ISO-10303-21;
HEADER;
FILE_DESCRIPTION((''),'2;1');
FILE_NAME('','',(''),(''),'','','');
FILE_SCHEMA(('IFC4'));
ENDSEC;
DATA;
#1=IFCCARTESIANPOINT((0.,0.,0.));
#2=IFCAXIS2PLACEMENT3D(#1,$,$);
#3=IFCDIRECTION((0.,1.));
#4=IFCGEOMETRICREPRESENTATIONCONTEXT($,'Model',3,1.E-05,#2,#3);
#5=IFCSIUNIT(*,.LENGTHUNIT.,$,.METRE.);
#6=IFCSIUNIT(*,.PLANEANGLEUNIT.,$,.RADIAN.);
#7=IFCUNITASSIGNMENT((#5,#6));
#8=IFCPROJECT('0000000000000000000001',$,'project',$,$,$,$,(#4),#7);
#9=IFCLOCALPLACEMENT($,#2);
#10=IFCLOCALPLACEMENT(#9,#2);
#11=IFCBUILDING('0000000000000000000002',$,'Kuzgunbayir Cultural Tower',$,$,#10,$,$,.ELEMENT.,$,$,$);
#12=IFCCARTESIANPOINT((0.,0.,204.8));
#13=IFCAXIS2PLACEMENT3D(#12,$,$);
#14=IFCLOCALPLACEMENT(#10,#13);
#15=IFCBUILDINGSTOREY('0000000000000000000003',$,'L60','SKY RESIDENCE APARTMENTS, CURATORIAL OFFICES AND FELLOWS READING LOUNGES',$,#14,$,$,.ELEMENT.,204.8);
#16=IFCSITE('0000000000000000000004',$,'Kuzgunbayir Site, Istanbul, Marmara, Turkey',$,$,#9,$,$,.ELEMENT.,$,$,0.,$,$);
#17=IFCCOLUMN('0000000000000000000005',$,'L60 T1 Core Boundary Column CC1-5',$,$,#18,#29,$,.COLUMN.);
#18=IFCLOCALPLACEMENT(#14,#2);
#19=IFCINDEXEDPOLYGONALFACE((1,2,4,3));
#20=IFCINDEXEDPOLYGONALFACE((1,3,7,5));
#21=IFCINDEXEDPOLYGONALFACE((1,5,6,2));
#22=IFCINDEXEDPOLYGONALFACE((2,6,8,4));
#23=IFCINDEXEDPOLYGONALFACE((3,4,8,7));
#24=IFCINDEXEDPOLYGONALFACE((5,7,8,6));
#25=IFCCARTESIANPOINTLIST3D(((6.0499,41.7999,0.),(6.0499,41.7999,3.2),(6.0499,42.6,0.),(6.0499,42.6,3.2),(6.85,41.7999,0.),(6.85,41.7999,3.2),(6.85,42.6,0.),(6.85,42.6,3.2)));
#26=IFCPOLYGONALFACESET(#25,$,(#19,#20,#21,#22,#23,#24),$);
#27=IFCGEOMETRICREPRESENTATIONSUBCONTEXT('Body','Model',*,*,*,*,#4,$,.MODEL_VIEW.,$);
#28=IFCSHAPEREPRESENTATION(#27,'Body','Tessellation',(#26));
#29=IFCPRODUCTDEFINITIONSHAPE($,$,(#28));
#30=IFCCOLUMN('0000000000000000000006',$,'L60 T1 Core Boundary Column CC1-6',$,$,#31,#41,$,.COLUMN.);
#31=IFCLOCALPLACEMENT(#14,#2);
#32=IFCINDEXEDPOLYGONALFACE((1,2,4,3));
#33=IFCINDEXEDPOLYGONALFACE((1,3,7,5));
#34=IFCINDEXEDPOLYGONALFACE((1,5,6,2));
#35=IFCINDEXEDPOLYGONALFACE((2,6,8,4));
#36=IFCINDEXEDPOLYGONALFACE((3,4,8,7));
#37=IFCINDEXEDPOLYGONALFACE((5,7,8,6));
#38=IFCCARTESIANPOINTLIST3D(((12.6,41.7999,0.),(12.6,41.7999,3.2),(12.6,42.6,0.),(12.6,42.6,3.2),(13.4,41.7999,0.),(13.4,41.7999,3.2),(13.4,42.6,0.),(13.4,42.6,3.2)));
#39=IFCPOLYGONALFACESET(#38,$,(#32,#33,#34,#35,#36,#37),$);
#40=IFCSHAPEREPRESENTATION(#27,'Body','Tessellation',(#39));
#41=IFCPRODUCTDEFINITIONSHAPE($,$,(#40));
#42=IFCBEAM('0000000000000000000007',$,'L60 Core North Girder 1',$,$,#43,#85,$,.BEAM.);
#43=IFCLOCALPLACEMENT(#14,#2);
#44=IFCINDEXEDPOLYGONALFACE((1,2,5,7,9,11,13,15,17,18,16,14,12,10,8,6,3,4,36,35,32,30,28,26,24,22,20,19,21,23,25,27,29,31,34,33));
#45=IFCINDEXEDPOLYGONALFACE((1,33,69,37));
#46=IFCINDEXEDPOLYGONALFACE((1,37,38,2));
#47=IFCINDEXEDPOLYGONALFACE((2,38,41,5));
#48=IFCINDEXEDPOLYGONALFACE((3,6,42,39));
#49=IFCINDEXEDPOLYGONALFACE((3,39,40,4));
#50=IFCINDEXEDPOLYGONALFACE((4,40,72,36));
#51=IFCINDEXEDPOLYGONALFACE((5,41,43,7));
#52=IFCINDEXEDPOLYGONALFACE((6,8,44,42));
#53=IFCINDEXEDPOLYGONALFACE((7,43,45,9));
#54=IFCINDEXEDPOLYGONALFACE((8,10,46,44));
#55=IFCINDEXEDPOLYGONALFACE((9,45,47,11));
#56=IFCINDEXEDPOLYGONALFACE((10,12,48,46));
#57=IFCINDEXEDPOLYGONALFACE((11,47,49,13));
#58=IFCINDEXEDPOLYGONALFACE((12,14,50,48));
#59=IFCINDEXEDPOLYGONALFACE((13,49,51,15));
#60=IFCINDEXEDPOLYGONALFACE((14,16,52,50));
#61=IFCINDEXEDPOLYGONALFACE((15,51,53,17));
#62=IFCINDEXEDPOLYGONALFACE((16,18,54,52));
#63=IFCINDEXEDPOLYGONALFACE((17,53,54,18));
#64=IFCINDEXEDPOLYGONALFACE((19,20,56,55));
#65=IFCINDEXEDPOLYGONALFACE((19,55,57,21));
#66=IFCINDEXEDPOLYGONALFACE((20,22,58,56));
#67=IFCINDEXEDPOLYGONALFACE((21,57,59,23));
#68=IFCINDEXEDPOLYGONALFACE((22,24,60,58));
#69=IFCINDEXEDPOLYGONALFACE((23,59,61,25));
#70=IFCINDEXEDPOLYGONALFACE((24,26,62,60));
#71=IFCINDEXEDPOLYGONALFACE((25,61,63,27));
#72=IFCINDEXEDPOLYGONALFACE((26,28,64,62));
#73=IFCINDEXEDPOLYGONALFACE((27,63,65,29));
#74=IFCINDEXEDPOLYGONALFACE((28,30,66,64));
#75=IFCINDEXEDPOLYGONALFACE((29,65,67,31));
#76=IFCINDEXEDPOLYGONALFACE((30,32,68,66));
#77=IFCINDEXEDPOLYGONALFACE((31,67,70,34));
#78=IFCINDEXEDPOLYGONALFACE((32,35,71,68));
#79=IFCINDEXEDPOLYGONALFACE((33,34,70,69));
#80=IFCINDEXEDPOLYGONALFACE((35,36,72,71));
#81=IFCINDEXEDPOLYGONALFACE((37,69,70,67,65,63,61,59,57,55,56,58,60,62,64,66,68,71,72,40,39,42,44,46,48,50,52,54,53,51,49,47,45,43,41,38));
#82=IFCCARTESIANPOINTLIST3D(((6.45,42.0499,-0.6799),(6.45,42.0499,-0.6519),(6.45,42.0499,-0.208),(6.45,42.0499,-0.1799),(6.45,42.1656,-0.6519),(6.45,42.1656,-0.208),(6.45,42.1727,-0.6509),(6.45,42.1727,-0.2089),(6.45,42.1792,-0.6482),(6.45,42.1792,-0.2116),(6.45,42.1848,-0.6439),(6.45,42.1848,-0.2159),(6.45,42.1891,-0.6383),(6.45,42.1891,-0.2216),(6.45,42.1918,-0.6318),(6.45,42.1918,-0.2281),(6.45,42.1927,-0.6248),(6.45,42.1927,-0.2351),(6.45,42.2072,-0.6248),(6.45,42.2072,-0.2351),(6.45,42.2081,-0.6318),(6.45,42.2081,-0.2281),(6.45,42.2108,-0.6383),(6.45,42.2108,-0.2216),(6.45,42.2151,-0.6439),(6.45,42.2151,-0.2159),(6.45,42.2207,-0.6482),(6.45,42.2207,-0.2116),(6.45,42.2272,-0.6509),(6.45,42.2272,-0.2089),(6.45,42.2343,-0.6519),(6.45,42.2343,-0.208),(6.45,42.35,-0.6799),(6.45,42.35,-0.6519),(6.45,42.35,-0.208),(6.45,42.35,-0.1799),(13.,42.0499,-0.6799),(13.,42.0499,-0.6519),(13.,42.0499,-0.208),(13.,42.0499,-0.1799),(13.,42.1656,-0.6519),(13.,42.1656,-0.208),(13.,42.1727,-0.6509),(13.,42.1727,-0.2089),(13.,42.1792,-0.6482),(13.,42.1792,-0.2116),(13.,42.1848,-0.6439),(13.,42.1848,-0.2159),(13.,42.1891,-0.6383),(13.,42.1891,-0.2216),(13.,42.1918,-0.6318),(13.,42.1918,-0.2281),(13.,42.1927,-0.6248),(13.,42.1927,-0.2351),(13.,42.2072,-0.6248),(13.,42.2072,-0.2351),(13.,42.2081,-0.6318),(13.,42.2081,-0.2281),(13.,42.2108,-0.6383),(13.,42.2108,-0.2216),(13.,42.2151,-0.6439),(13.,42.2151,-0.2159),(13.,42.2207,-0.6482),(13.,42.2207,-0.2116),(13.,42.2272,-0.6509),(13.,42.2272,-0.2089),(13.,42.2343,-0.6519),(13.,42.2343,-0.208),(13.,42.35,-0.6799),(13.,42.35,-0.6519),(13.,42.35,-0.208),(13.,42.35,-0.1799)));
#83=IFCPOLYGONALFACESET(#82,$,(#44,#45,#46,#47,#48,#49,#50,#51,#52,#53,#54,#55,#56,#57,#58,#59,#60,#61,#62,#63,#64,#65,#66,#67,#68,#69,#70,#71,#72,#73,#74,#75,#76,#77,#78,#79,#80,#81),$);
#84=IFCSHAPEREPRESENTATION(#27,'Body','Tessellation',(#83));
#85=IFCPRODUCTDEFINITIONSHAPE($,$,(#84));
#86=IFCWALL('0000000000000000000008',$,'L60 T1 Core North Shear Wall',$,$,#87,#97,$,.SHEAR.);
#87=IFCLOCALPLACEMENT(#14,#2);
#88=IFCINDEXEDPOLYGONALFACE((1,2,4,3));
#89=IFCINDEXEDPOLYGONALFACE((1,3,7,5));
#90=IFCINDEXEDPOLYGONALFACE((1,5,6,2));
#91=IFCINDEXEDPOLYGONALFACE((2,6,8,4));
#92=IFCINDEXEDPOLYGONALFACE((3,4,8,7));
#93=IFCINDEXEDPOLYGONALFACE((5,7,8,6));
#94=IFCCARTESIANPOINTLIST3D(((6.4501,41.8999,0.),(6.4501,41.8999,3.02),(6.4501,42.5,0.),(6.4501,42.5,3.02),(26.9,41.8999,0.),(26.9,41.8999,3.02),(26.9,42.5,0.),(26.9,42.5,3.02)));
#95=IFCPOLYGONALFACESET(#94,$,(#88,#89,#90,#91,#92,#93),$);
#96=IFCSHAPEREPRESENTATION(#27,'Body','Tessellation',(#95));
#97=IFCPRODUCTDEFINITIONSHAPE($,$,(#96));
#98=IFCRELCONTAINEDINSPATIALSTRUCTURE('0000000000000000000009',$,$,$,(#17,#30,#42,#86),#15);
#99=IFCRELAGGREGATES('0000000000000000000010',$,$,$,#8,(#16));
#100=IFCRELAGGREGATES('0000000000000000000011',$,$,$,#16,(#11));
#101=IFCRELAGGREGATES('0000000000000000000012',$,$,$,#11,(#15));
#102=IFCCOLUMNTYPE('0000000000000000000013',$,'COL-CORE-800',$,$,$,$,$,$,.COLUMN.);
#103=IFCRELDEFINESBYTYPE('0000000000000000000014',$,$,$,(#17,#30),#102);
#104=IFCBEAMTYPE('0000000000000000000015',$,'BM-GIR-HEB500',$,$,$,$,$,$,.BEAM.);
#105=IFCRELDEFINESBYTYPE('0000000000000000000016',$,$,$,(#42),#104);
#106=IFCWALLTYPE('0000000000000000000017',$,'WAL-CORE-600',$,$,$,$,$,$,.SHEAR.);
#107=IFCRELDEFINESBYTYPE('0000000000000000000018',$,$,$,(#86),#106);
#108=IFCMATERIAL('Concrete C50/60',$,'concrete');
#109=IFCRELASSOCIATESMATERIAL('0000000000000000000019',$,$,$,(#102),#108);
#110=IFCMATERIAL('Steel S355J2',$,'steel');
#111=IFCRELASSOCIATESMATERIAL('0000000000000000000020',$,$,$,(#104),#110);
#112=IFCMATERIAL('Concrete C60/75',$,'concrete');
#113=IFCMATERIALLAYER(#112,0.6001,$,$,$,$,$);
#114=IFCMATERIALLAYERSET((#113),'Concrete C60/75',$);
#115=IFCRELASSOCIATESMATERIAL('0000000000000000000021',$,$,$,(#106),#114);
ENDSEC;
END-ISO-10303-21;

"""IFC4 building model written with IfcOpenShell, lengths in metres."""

from ifc_helpers import new_model, si_unit, direction, frame, frame_2d, origin, origin_2d, place, context, subcontext, project, spatial, rectangle, i_section, extrude, material, layer, layer_set, material_profile, profile_set, type_object, element, save


model = new_model("IFC4")

# Units and contexts
model_context = context("Model", 3, precision=1e-05, world=origin(), true_north=direction((0.0, 1.0)))
body_context = subcontext(model_context, "Body", "Model", "MODEL_VIEW")
ifc_project = project(units=[si_unit("LENGTHUNIT", "METRE"), si_unit("PLANEANGLEUNIT", "RADIAN")], contexts=[model_context])

# Site, building, storey
site_placement = place(None, origin())
site = spatial("IfcSite", under=ifc_project, at=site_placement, Name="Kuzgunbayir Site, Istanbul, Marmara, Turkey", CompositionType="ELEMENT", RefElevation=0.0)
building_placement = place(site_placement, origin())
building = spatial("IfcBuilding", under=site, at=building_placement, Name="Kuzgunbayir Cultural Tower", CompositionType="ELEMENT")
storey_placement = place(building_placement, frame((0.0, 0.0, 204.8)))
storey = spatial("IfcBuildingStorey", under=building, at=storey_placement, Name="L60", Description="SKY RESIDENCE APARTMENTS, CURATORIAL OFFICES AND FELLOWS READING LOUNGES", CompositionType="ELEMENT", Elevation=204.8)

# Columns
ifc_material_1 = material(Name="Concrete C50/60", Category="concrete")
ifc_material_profile_1 = material_profile(ifc_material_1, rectangle(XDim=0.8, YDim=0.8, at=origin_2d()), Name="RC 800x800")
ifc_profile_set_1 = profile_set([ifc_material_profile_1], Name="Concrete C50/60")
column_type = type_object("IfcColumnType", Name="COL-CORE-800", PredefinedType="COLUMN", material=ifc_profile_set_1)
for number, where, z_axis, x_axis, name in (
    (1, (6.45, 42.2, 0.0), (0.0, 0.0, 1.0), (1.0, 0.0, 0.0), "L60 T1 Core Boundary Column CC1-5"),
    (2, (13.0, 42.2, 0.0), (0.0, 0.0, 1.0), (1.0, 0.0, 0.0), "L60 T1 Core Boundary Column CC1-6"),
):
    element("IfcColumn", number, at=place(storey_placement, frame(where, z_axis=z_axis, x_axis=x_axis)), inside=storey, type_object=column_type, Name=name, PredefinedType="COLUMN", context=body_context, shape_type="SweptSolid", body=[
        extrude(rectangle(XDim=0.8, YDim=0.8, at=origin_2d()), origin(), (0.0, 0.0, 1.0), 3.2),
    ])

# Beam
ifc_material_2 = material(Name="Steel S355J2", Category="steel")
ifc_material_profile_2 = material_profile(ifc_material_2, i_section(OverallWidth=0.3, OverallDepth=0.5, WebThickness=0.0144, FlangeThickness=0.0281, FilletRadius=0.0271, at=origin_2d()), Name="HEB 500")
ifc_profile_set_2 = profile_set([ifc_material_profile_2], Name="Steel S355J2")
beam_type = type_object("IfcBeamType", Name="BM-GIR-HEB500", PredefinedType="BEAM", material=ifc_profile_set_2)
beam_placement = place(storey_placement, frame((6.45, 42.2, -0.4299), z_axis=(1.0, 0.0, 0.0), x_axis=(0.0, 1.0, 0.0)))
element("IfcBeam", 3, at=beam_placement, inside=storey, type_object=beam_type, Name="L60 Core North Girder 1", PredefinedType="BEAM", context=body_context, shape_type="SweptSolid", body=[
    extrude(i_section(OverallWidth=0.3, OverallDepth=0.5, WebThickness=0.0144, FlangeThickness=0.0281, FilletRadius=0.0271, at=origin_2d()), origin(), (0.0, 0.0, 1.0), 6.55),
])

# Wall
ifc_material_3 = material(Name="Concrete C60/75", Category="concrete")
ifc_layer_1 = layer(ifc_material_3, 0.6001)
ifc_layer_set_1 = layer_set([ifc_layer_1], Name="Concrete C60/75")
wall_type_1 = type_object("IfcWallType", Name="WAL-CORE-600", PredefinedType="SHEAR", material=ifc_layer_set_1)
wall_1_placement = place(storey_placement, frame((6.45, 42.2, 0.0), z_axis=(0.0, 0.0, 1.0), x_axis=(1.0, 0.0, 0.0)))
element("IfcWall", 4, at=wall_1_placement, inside=storey, type_object=wall_type_1, Name="L60 T1 Core North Shear Wall", PredefinedType="SHEAR", context=body_context, shape_type="SweptSolid", body=[
    extrude(rectangle(XDim=20.45, YDim=0.6001, at=frame_2d((10.2251, 0.0))), origin(), (0.0, 0.0, 1.0), 3.02),
])

save(model, "model.ifc")
